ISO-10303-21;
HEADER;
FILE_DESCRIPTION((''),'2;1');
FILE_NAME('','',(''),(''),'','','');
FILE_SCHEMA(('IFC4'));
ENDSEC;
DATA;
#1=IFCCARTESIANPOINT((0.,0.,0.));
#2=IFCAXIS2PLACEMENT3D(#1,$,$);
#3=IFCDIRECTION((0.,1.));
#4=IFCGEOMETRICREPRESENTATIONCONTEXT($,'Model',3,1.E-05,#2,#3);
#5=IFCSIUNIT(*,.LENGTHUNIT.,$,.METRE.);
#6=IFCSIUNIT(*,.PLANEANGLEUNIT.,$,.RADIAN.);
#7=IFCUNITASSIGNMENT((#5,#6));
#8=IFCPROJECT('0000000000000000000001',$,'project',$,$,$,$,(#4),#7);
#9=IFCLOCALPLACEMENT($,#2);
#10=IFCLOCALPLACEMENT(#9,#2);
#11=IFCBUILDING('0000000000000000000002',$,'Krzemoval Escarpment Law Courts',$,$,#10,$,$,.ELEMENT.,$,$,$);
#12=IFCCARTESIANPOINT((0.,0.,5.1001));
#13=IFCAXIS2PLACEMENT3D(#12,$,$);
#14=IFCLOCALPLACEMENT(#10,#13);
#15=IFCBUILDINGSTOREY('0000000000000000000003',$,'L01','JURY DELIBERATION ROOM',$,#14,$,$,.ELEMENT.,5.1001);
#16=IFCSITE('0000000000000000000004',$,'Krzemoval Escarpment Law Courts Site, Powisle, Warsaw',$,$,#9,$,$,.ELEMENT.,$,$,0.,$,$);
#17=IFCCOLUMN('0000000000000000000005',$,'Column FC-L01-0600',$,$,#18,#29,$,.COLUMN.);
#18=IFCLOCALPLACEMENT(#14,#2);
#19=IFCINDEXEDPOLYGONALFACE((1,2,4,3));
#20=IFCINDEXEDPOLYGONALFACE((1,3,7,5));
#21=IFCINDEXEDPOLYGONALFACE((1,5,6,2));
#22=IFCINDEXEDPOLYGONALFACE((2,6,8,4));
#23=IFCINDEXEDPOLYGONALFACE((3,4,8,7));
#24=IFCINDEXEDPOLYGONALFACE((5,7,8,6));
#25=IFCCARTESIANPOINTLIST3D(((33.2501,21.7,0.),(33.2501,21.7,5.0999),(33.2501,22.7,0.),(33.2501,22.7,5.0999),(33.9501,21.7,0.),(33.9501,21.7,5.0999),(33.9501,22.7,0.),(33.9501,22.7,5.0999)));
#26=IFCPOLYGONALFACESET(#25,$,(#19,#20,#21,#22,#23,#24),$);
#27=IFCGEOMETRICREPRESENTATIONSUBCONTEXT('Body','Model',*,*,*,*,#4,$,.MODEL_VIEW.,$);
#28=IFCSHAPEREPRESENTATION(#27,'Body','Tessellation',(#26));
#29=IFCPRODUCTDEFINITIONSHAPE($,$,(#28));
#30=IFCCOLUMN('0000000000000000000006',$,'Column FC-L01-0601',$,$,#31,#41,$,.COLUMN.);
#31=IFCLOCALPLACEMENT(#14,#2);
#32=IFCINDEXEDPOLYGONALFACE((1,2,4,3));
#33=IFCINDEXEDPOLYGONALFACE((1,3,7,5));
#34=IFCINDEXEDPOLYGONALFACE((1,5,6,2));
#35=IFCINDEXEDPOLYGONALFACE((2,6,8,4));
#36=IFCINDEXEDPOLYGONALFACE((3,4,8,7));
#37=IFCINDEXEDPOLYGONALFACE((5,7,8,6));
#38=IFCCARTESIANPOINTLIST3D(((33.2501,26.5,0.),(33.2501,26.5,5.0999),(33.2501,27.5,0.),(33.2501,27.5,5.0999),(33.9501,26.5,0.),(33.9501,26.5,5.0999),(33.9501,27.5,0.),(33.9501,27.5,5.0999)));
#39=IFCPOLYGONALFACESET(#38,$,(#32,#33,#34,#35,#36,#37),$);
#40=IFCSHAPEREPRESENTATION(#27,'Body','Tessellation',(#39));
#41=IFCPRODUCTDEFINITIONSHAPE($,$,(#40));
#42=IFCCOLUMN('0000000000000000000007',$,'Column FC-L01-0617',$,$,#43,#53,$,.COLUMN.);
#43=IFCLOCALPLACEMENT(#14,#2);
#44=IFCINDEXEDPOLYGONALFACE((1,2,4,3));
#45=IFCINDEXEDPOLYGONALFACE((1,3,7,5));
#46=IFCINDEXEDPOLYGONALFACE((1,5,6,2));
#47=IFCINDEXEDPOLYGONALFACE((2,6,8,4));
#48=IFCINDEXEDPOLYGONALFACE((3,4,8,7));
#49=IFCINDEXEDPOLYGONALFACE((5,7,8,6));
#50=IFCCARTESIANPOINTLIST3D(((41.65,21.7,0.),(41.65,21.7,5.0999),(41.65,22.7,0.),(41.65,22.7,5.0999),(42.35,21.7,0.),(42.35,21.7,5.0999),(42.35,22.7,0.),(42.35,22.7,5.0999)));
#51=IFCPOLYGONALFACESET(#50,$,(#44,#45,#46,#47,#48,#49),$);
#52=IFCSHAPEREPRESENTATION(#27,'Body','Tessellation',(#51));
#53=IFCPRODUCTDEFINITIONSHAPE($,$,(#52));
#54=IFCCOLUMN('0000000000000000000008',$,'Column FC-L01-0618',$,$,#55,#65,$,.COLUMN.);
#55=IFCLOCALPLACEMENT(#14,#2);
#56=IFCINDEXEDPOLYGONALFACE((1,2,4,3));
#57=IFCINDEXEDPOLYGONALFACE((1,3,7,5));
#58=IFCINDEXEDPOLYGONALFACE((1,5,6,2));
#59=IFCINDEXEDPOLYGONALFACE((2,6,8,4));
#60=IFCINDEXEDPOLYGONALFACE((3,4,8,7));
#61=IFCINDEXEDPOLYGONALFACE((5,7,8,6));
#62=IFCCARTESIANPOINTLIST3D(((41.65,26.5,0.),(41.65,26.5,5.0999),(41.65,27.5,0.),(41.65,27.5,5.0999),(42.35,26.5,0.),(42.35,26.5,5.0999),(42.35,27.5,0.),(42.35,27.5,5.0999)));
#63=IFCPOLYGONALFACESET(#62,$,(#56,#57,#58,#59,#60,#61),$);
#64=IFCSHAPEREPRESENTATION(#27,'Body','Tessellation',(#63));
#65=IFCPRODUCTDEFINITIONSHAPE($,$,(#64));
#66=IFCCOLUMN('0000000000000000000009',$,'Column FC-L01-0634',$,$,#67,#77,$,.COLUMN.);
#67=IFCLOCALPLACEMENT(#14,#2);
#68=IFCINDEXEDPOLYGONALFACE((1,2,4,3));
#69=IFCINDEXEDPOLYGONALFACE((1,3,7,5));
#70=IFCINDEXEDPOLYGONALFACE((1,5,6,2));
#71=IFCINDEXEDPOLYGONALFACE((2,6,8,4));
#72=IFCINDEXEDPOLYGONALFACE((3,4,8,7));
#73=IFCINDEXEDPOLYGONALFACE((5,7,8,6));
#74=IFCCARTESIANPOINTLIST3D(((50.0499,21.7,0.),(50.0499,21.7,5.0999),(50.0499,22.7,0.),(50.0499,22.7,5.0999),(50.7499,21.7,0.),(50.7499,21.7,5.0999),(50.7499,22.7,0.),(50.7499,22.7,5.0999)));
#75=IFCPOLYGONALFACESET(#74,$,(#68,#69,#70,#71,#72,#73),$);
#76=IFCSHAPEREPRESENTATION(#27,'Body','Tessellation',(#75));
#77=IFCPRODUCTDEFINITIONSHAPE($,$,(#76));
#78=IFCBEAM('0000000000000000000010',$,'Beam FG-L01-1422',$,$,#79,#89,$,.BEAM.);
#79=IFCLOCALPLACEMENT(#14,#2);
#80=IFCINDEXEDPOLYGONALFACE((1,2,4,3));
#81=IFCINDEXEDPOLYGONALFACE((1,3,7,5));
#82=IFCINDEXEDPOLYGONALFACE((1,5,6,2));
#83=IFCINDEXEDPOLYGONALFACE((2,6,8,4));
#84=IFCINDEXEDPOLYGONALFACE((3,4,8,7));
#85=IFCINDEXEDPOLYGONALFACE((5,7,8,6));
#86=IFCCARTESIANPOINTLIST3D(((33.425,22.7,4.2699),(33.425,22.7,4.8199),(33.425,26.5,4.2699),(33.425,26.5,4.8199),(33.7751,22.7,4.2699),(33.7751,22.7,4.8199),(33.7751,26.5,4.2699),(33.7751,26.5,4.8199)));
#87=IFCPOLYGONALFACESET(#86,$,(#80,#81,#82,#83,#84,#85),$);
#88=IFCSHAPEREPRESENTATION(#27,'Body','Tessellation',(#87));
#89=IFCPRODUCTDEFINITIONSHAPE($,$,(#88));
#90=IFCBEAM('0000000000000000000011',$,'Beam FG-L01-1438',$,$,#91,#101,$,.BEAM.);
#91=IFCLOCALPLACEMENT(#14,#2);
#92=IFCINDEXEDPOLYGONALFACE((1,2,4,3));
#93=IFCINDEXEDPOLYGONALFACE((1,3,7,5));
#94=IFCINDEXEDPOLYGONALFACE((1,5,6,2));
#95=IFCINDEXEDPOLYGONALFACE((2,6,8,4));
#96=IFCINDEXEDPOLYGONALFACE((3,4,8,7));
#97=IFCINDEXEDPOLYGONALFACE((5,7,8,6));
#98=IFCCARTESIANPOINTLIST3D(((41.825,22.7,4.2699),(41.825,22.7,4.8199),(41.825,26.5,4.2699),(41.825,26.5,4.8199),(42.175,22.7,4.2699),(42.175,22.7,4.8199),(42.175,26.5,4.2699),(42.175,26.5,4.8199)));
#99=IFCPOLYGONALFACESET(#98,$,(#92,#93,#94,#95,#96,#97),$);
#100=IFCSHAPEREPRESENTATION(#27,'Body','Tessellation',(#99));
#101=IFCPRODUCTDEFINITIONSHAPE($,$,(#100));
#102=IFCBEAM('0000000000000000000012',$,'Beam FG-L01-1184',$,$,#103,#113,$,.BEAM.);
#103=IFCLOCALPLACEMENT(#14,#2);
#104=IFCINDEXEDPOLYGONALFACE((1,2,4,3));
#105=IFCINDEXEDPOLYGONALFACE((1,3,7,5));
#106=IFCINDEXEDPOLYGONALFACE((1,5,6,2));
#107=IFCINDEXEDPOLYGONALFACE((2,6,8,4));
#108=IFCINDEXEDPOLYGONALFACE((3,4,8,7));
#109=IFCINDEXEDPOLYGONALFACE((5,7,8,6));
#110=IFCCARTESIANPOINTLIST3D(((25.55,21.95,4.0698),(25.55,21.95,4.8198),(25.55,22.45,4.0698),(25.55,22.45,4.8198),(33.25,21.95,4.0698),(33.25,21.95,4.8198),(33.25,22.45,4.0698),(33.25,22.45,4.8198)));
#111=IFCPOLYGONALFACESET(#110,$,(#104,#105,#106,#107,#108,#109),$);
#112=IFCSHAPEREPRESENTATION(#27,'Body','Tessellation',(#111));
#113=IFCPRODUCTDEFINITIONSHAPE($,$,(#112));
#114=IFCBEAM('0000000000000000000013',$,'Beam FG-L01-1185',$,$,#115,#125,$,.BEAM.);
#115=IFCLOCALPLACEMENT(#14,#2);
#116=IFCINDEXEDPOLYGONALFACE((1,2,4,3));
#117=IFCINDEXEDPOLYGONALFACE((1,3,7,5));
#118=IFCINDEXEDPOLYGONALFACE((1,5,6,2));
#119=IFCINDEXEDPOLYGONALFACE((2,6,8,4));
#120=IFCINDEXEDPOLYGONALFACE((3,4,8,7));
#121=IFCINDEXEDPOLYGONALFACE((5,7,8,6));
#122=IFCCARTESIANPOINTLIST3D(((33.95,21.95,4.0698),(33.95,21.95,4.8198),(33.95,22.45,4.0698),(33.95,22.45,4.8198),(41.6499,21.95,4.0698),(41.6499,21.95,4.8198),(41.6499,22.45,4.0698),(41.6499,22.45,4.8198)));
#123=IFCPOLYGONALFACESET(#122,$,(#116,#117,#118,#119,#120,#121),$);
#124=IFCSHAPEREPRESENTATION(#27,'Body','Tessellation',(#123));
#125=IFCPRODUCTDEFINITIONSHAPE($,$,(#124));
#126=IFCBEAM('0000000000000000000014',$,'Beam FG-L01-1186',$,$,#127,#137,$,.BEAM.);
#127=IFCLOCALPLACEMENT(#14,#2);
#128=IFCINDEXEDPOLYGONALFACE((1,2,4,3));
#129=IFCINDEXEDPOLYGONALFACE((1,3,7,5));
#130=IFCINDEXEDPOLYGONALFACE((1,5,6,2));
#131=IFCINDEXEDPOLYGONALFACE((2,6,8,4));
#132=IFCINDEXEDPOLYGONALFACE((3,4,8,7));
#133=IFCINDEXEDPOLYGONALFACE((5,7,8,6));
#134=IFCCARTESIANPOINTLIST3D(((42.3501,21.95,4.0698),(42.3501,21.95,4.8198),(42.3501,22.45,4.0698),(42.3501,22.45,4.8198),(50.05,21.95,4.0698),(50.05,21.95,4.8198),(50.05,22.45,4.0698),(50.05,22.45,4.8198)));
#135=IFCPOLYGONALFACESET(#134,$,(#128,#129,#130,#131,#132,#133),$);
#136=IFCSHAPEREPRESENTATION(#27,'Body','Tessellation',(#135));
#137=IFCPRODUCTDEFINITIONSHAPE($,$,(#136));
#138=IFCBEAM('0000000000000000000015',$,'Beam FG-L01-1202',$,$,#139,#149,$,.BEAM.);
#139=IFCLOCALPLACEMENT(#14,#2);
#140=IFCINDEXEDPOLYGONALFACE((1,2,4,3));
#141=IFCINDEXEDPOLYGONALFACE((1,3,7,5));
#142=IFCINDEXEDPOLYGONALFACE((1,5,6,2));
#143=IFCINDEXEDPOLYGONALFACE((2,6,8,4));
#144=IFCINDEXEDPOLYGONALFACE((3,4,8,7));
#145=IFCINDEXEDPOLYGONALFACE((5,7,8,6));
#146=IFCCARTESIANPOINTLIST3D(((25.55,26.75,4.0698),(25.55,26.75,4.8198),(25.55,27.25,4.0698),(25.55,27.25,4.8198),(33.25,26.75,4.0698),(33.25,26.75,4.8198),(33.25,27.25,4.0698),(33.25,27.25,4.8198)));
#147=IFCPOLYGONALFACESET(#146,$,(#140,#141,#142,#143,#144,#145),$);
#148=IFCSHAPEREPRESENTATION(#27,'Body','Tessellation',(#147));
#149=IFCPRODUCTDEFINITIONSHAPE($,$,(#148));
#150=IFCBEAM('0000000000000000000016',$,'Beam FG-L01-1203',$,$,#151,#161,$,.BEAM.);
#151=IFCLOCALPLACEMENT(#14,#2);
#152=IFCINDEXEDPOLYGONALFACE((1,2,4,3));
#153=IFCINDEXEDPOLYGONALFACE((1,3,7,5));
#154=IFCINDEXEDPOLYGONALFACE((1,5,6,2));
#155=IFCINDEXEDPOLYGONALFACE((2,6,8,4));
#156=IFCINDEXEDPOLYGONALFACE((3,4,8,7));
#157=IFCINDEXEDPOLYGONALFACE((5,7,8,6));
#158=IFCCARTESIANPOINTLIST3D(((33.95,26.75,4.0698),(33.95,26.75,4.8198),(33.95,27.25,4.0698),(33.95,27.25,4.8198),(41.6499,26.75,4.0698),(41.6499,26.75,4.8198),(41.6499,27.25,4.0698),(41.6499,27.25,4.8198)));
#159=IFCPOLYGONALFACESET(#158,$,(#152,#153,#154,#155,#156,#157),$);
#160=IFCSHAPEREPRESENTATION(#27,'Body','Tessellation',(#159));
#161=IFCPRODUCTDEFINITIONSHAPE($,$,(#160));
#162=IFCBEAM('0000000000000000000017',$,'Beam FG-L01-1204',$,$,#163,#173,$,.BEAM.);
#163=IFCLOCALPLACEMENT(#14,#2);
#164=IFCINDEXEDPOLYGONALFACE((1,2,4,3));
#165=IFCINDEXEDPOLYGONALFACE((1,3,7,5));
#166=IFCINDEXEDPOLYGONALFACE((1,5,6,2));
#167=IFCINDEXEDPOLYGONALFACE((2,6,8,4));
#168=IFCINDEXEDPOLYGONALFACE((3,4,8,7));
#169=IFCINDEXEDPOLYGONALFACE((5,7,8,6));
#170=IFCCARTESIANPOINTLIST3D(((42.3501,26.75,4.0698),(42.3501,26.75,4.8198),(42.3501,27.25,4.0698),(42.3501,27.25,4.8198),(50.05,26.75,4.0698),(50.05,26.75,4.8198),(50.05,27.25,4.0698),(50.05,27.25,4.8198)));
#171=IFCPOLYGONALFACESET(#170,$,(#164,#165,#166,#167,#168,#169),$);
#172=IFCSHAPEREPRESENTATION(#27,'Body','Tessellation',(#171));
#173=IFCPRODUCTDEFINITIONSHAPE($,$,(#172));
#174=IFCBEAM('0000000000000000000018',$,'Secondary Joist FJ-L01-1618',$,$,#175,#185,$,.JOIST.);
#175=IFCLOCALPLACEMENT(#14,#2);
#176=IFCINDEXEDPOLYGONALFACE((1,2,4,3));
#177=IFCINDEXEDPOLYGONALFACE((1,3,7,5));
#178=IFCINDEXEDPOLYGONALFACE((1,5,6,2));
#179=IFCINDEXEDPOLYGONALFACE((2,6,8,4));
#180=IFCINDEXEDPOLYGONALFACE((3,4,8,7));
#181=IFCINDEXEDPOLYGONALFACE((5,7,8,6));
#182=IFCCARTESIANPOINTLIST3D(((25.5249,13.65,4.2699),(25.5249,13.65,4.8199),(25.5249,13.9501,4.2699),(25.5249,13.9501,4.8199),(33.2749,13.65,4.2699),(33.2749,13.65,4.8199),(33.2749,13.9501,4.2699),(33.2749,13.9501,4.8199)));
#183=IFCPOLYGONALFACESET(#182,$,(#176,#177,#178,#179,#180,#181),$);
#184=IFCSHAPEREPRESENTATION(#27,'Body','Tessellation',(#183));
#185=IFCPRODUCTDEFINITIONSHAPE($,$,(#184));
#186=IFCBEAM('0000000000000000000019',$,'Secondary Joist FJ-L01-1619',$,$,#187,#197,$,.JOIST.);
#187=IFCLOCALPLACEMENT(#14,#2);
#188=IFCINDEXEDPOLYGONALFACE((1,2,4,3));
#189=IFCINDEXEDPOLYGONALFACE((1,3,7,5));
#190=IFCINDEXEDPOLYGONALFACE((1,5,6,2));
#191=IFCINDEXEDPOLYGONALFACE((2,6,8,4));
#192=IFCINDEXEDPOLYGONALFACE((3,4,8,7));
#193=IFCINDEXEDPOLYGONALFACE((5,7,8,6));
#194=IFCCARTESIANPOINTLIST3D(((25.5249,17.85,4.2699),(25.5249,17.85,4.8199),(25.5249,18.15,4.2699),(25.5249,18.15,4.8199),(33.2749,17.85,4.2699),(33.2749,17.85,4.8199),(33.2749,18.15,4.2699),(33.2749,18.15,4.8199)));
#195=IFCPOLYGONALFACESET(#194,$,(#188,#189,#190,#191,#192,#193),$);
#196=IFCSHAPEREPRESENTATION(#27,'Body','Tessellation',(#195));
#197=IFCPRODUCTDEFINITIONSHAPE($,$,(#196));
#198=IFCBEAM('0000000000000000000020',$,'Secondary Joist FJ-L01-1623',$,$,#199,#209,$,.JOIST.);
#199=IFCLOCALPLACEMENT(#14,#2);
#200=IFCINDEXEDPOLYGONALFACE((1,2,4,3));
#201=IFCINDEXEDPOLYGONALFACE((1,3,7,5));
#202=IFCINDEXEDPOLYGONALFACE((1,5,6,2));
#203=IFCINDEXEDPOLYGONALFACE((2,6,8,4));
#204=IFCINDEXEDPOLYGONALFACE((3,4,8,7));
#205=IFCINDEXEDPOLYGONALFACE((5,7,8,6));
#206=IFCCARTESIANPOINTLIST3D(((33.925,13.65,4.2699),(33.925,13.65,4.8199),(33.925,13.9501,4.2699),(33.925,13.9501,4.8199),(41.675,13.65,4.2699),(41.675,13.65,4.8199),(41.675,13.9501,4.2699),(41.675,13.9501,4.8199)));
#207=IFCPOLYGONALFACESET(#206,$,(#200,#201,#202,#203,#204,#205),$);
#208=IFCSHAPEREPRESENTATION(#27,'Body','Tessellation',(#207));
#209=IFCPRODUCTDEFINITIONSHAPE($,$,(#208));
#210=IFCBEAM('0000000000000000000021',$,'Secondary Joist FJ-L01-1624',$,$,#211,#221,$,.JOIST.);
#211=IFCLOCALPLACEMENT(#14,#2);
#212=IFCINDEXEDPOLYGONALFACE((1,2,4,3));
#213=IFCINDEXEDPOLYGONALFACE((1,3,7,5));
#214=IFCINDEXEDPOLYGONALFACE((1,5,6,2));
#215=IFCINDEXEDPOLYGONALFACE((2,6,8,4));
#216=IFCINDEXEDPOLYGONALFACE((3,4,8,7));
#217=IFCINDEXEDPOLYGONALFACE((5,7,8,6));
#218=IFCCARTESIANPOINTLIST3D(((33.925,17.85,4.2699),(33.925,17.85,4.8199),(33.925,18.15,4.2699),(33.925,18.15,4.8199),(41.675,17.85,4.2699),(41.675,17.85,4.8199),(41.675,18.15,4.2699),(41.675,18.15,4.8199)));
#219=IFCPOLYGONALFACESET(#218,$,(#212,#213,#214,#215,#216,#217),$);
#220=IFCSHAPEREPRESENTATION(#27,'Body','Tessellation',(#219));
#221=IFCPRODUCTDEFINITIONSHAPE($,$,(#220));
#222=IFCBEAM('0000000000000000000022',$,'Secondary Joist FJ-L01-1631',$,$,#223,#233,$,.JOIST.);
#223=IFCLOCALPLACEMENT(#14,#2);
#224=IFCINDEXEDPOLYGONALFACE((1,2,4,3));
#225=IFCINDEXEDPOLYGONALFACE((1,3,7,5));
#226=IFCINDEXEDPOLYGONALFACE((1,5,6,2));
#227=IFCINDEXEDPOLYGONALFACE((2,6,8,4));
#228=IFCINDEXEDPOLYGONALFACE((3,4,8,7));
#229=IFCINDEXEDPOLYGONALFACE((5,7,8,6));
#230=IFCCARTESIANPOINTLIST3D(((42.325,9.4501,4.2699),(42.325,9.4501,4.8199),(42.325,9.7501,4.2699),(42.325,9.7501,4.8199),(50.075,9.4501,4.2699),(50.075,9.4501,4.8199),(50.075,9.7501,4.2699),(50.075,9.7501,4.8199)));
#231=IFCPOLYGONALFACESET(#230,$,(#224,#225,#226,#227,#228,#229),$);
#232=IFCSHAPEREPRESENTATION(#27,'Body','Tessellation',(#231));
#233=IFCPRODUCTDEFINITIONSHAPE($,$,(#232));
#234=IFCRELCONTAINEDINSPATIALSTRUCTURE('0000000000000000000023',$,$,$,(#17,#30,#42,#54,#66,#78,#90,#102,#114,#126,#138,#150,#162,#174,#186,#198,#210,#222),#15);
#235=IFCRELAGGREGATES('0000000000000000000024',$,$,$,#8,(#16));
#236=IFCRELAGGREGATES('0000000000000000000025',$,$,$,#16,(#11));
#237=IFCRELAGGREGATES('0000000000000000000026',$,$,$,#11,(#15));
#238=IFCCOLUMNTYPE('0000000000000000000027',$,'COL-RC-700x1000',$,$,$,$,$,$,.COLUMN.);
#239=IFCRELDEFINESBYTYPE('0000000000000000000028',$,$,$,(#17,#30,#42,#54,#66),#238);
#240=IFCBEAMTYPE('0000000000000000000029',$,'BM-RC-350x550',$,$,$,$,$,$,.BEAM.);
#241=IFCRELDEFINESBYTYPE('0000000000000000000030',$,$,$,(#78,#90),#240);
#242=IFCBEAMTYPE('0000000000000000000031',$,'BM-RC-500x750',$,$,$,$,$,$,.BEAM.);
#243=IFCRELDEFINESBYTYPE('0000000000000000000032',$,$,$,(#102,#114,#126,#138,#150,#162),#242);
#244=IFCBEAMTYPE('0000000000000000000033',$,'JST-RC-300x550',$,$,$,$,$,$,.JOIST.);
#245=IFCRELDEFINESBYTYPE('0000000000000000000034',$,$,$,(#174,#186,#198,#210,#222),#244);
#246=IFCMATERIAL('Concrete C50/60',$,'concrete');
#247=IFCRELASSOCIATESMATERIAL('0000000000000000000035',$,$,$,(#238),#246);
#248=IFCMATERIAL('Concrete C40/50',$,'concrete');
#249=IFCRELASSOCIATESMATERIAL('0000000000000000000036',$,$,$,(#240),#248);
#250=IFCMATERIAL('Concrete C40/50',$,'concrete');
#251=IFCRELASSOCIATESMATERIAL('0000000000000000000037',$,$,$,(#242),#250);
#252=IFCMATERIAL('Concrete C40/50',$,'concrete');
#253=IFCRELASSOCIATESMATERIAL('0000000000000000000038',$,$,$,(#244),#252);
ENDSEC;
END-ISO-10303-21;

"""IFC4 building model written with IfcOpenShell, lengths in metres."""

from ifc_helpers import new_model, si_unit, direction, frame, origin, origin_2d, place, context, subcontext, project, spatial, rectangle, extrude, material, material_profile, profile_set, type_object, element, save


model = new_model("IFC4")

# Units and contexts
model_context = context("Model", 3, precision=1e-05, world=origin(), true_north=direction((0.0, 1.0)))
body_context = subcontext(model_context, "Body", "Model", "MODEL_VIEW")
ifc_project = project(units=[si_unit("LENGTHUNIT", "METRE"), si_unit("PLANEANGLEUNIT", "RADIAN")], contexts=[model_context])

# Site, building, storey
site_placement = place(None, origin())
site = spatial("IfcSite", under=ifc_project, at=site_placement, Name="Krzemoval Escarpment Law Courts Site, Powisle, Warsaw", CompositionType="ELEMENT", RefElevation=0.0)
building_placement = place(site_placement, origin())
building = spatial("IfcBuilding", under=site, at=building_placement, Name="Krzemoval Escarpment Law Courts", CompositionType="ELEMENT")
storey_placement = place(building_placement, frame((0.0, 0.0, 5.1001)))
storey = spatial("IfcBuildingStorey", under=building, at=storey_placement, Name="L01", Description="JURY DELIBERATION ROOM", CompositionType="ELEMENT", Elevation=5.1001)

# Columns
ifc_material_1 = material(Name="Concrete C50/60", Category="concrete")
ifc_material_profile_1 = material_profile(ifc_material_1, rectangle(XDim=0.7, YDim=1.0, at=origin_2d()), Name="RC 700x1000")
ifc_profile_set_1 = profile_set([ifc_material_profile_1], Name="Concrete C50/60")
column_type = type_object("IfcColumnType", Name="COL-RC-700x1000", PredefinedType="COLUMN", material=ifc_profile_set_1)
for number, where, z_axis, x_axis, name in (
    (1, (33.6001, 22.2, 0.0), (0.0, 0.0, 1.0), (1.0, 0.0, 0.0), "Column FC-L01-0600"),
    (2, (33.6001, 27.0, 0.0), (0.0, 0.0, 1.0), (1.0, 0.0, 0.0), "Column FC-L01-0601"),
    (3, (42.0, 22.2, 0.0), (0.0, 0.0, 1.0), (1.0, 0.0, 0.0), "Column FC-L01-0617"),
    (4, (42.0, 27.0, 0.0), (0.0, 0.0, 1.0), (1.0, 0.0, 0.0), "Column FC-L01-0618"),
    (5, (50.3999, 22.2, 0.0), (0.0, 0.0, 1.0), (1.0, 0.0, 0.0), "Column FC-L01-0634"),
):
    element("IfcColumn", number, at=place(storey_placement, frame(where, z_axis=z_axis, x_axis=x_axis)), inside=storey, type_object=column_type, Name=name, PredefinedType="COLUMN", context=body_context, shape_type="SweptSolid", body=[
        extrude(rectangle(XDim=0.7, YDim=1.0, at=origin_2d()), origin(), (0.0, 0.0, 1.0), 5.0999),
    ])

# Beams
ifc_material_2 = material(Name="Concrete C40/50", Category="concrete")
ifc_material_profile_2 = material_profile(ifc_material_2, rectangle(XDim=0.3501, YDim=0.55, at=origin_2d()), Name="RCB 350x550")
ifc_profile_set_2 = profile_set([ifc_material_profile_2], Name="Concrete C40/50")
beam_type_1 = type_object("IfcBeamType", Name="BM-RC-350x550", PredefinedType="BEAM", material=ifc_profile_set_2)
for number, where, z_axis, x_axis, name in (
    (6, (33.6001, 22.7, 4.5449), (0.0, 1.0, 0.0), (-1.0, 0.0, 0.0), "Beam FG-L01-1422"),
    (7, (42.0, 22.7, 4.5449), (0.0, 1.0, 0.0), (-1.0, 0.0, 0.0), "Beam FG-L01-1438"),
):
    element("IfcBeam", number, at=place(storey_placement, frame(where, z_axis=z_axis, x_axis=x_axis)), inside=storey, type_object=beam_type_1, Name=name, PredefinedType="BEAM", context=body_context, shape_type="SweptSolid", body=[
        extrude(rectangle(XDim=0.3501, YDim=0.55, at=origin_2d()), origin(), (0.0, 0.0, 1.0), 3.8),
    ])
ifc_material_3 = material(Name="Concrete C40/50", Category="concrete")
ifc_material_profile_3 = material_profile(ifc_material_3, rectangle(XDim=0.5, YDim=0.75, at=origin_2d()), Name="RCB 500x750")
ifc_profile_set_3 = profile_set([ifc_material_profile_3], Name="Concrete C40/50")
beam_type_2 = type_object("IfcBeamType", Name="BM-RC-500x750", PredefinedType="BEAM", material=ifc_profile_set_3)
for number, where, z_axis, x_axis, name in (
    (8, (25.55, 22.2, 4.4448), (1.0, 0.0, 0.0), (0.0, 1.0, 0.0), "Beam FG-L01-1184"),
    (9, (33.95, 22.2, 4.4448), (1.0, 0.0, 0.0), (0.0, 1.0, 0.0), "Beam FG-L01-1185"),
    (10, (42.3501, 22.2, 4.4448), (1.0, 0.0, 0.0), (0.0, 1.0, 0.0), "Beam FG-L01-1186"),
    (11, (25.55, 27.0, 4.4448), (1.0, 0.0, 0.0), (0.0, 1.0, 0.0), "Beam FG-L01-1202"),
    (12, (33.95, 27.0, 4.4448), (1.0, 0.0, 0.0), (0.0, 1.0, 0.0), "Beam FG-L01-1203"),
    (13, (42.3501, 27.0, 4.4448), (1.0, 0.0, 0.0), (0.0, 1.0, 0.0), "Beam FG-L01-1204"),
):
    element("IfcBeam", number, at=place(storey_placement, frame(where, z_axis=z_axis, x_axis=x_axis)), inside=storey, type_object=beam_type_2, Name=name, PredefinedType="BEAM", context=body_context, shape_type="SweptSolid", body=[
        extrude(rectangle(XDim=0.5, YDim=0.75, at=origin_2d()), origin(), (0.0, 0.0, 1.0), 7.7),
    ])
ifc_material_4 = material(Name="Concrete C40/50", Category="concrete")
ifc_material_profile_4 = material_profile(ifc_material_4, rectangle(XDim=0.3, YDim=0.55, at=origin_2d()), Name="RCB 300x550")
ifc_profile_set_4 = profile_set([ifc_material_profile_4], Name="Concrete C40/50")
beam_type_3 = type_object("IfcBeamType", Name="JST-RC-300x550", PredefinedType="JOIST", material=ifc_profile_set_4)
for number, where, z_axis, x_axis, name in (
    (14, (25.5249, 13.8, 4.5449), (1.0, 0.0, 0.0), (0.0, 1.0, 0.0), "Secondary Joist FJ-L01-1618"),
    (15, (25.5249, 18.0, 4.5449), (1.0, 0.0, 0.0), (0.0, 1.0, 0.0), "Secondary Joist FJ-L01-1619"),
    (16, (33.925, 13.8, 4.5449), (1.0, 0.0, 0.0), (0.0, 1.0, 0.0), "Secondary Joist FJ-L01-1623"),
    (17, (33.925, 18.0, 4.5449), (1.0, 0.0, 0.0), (0.0, 1.0, 0.0), "Secondary Joist FJ-L01-1624"),
    (18, (42.325, 9.6001, 4.5449), (1.0, 0.0, 0.0), (0.0, 1.0, 0.0), "Secondary Joist FJ-L01-1631"),
):
    element("IfcBeam", number, at=place(storey_placement, frame(where, z_axis=z_axis, x_axis=x_axis)), inside=storey, type_object=beam_type_3, Name=name, PredefinedType="JOIST", context=body_context, shape_type="SweptSolid", body=[
        extrude(rectangle(XDim=0.3, YDim=0.55, at=origin_2d()), origin(), (0.0, 0.0, 1.0), 7.75),
    ])

save(model, "model.ifc")
